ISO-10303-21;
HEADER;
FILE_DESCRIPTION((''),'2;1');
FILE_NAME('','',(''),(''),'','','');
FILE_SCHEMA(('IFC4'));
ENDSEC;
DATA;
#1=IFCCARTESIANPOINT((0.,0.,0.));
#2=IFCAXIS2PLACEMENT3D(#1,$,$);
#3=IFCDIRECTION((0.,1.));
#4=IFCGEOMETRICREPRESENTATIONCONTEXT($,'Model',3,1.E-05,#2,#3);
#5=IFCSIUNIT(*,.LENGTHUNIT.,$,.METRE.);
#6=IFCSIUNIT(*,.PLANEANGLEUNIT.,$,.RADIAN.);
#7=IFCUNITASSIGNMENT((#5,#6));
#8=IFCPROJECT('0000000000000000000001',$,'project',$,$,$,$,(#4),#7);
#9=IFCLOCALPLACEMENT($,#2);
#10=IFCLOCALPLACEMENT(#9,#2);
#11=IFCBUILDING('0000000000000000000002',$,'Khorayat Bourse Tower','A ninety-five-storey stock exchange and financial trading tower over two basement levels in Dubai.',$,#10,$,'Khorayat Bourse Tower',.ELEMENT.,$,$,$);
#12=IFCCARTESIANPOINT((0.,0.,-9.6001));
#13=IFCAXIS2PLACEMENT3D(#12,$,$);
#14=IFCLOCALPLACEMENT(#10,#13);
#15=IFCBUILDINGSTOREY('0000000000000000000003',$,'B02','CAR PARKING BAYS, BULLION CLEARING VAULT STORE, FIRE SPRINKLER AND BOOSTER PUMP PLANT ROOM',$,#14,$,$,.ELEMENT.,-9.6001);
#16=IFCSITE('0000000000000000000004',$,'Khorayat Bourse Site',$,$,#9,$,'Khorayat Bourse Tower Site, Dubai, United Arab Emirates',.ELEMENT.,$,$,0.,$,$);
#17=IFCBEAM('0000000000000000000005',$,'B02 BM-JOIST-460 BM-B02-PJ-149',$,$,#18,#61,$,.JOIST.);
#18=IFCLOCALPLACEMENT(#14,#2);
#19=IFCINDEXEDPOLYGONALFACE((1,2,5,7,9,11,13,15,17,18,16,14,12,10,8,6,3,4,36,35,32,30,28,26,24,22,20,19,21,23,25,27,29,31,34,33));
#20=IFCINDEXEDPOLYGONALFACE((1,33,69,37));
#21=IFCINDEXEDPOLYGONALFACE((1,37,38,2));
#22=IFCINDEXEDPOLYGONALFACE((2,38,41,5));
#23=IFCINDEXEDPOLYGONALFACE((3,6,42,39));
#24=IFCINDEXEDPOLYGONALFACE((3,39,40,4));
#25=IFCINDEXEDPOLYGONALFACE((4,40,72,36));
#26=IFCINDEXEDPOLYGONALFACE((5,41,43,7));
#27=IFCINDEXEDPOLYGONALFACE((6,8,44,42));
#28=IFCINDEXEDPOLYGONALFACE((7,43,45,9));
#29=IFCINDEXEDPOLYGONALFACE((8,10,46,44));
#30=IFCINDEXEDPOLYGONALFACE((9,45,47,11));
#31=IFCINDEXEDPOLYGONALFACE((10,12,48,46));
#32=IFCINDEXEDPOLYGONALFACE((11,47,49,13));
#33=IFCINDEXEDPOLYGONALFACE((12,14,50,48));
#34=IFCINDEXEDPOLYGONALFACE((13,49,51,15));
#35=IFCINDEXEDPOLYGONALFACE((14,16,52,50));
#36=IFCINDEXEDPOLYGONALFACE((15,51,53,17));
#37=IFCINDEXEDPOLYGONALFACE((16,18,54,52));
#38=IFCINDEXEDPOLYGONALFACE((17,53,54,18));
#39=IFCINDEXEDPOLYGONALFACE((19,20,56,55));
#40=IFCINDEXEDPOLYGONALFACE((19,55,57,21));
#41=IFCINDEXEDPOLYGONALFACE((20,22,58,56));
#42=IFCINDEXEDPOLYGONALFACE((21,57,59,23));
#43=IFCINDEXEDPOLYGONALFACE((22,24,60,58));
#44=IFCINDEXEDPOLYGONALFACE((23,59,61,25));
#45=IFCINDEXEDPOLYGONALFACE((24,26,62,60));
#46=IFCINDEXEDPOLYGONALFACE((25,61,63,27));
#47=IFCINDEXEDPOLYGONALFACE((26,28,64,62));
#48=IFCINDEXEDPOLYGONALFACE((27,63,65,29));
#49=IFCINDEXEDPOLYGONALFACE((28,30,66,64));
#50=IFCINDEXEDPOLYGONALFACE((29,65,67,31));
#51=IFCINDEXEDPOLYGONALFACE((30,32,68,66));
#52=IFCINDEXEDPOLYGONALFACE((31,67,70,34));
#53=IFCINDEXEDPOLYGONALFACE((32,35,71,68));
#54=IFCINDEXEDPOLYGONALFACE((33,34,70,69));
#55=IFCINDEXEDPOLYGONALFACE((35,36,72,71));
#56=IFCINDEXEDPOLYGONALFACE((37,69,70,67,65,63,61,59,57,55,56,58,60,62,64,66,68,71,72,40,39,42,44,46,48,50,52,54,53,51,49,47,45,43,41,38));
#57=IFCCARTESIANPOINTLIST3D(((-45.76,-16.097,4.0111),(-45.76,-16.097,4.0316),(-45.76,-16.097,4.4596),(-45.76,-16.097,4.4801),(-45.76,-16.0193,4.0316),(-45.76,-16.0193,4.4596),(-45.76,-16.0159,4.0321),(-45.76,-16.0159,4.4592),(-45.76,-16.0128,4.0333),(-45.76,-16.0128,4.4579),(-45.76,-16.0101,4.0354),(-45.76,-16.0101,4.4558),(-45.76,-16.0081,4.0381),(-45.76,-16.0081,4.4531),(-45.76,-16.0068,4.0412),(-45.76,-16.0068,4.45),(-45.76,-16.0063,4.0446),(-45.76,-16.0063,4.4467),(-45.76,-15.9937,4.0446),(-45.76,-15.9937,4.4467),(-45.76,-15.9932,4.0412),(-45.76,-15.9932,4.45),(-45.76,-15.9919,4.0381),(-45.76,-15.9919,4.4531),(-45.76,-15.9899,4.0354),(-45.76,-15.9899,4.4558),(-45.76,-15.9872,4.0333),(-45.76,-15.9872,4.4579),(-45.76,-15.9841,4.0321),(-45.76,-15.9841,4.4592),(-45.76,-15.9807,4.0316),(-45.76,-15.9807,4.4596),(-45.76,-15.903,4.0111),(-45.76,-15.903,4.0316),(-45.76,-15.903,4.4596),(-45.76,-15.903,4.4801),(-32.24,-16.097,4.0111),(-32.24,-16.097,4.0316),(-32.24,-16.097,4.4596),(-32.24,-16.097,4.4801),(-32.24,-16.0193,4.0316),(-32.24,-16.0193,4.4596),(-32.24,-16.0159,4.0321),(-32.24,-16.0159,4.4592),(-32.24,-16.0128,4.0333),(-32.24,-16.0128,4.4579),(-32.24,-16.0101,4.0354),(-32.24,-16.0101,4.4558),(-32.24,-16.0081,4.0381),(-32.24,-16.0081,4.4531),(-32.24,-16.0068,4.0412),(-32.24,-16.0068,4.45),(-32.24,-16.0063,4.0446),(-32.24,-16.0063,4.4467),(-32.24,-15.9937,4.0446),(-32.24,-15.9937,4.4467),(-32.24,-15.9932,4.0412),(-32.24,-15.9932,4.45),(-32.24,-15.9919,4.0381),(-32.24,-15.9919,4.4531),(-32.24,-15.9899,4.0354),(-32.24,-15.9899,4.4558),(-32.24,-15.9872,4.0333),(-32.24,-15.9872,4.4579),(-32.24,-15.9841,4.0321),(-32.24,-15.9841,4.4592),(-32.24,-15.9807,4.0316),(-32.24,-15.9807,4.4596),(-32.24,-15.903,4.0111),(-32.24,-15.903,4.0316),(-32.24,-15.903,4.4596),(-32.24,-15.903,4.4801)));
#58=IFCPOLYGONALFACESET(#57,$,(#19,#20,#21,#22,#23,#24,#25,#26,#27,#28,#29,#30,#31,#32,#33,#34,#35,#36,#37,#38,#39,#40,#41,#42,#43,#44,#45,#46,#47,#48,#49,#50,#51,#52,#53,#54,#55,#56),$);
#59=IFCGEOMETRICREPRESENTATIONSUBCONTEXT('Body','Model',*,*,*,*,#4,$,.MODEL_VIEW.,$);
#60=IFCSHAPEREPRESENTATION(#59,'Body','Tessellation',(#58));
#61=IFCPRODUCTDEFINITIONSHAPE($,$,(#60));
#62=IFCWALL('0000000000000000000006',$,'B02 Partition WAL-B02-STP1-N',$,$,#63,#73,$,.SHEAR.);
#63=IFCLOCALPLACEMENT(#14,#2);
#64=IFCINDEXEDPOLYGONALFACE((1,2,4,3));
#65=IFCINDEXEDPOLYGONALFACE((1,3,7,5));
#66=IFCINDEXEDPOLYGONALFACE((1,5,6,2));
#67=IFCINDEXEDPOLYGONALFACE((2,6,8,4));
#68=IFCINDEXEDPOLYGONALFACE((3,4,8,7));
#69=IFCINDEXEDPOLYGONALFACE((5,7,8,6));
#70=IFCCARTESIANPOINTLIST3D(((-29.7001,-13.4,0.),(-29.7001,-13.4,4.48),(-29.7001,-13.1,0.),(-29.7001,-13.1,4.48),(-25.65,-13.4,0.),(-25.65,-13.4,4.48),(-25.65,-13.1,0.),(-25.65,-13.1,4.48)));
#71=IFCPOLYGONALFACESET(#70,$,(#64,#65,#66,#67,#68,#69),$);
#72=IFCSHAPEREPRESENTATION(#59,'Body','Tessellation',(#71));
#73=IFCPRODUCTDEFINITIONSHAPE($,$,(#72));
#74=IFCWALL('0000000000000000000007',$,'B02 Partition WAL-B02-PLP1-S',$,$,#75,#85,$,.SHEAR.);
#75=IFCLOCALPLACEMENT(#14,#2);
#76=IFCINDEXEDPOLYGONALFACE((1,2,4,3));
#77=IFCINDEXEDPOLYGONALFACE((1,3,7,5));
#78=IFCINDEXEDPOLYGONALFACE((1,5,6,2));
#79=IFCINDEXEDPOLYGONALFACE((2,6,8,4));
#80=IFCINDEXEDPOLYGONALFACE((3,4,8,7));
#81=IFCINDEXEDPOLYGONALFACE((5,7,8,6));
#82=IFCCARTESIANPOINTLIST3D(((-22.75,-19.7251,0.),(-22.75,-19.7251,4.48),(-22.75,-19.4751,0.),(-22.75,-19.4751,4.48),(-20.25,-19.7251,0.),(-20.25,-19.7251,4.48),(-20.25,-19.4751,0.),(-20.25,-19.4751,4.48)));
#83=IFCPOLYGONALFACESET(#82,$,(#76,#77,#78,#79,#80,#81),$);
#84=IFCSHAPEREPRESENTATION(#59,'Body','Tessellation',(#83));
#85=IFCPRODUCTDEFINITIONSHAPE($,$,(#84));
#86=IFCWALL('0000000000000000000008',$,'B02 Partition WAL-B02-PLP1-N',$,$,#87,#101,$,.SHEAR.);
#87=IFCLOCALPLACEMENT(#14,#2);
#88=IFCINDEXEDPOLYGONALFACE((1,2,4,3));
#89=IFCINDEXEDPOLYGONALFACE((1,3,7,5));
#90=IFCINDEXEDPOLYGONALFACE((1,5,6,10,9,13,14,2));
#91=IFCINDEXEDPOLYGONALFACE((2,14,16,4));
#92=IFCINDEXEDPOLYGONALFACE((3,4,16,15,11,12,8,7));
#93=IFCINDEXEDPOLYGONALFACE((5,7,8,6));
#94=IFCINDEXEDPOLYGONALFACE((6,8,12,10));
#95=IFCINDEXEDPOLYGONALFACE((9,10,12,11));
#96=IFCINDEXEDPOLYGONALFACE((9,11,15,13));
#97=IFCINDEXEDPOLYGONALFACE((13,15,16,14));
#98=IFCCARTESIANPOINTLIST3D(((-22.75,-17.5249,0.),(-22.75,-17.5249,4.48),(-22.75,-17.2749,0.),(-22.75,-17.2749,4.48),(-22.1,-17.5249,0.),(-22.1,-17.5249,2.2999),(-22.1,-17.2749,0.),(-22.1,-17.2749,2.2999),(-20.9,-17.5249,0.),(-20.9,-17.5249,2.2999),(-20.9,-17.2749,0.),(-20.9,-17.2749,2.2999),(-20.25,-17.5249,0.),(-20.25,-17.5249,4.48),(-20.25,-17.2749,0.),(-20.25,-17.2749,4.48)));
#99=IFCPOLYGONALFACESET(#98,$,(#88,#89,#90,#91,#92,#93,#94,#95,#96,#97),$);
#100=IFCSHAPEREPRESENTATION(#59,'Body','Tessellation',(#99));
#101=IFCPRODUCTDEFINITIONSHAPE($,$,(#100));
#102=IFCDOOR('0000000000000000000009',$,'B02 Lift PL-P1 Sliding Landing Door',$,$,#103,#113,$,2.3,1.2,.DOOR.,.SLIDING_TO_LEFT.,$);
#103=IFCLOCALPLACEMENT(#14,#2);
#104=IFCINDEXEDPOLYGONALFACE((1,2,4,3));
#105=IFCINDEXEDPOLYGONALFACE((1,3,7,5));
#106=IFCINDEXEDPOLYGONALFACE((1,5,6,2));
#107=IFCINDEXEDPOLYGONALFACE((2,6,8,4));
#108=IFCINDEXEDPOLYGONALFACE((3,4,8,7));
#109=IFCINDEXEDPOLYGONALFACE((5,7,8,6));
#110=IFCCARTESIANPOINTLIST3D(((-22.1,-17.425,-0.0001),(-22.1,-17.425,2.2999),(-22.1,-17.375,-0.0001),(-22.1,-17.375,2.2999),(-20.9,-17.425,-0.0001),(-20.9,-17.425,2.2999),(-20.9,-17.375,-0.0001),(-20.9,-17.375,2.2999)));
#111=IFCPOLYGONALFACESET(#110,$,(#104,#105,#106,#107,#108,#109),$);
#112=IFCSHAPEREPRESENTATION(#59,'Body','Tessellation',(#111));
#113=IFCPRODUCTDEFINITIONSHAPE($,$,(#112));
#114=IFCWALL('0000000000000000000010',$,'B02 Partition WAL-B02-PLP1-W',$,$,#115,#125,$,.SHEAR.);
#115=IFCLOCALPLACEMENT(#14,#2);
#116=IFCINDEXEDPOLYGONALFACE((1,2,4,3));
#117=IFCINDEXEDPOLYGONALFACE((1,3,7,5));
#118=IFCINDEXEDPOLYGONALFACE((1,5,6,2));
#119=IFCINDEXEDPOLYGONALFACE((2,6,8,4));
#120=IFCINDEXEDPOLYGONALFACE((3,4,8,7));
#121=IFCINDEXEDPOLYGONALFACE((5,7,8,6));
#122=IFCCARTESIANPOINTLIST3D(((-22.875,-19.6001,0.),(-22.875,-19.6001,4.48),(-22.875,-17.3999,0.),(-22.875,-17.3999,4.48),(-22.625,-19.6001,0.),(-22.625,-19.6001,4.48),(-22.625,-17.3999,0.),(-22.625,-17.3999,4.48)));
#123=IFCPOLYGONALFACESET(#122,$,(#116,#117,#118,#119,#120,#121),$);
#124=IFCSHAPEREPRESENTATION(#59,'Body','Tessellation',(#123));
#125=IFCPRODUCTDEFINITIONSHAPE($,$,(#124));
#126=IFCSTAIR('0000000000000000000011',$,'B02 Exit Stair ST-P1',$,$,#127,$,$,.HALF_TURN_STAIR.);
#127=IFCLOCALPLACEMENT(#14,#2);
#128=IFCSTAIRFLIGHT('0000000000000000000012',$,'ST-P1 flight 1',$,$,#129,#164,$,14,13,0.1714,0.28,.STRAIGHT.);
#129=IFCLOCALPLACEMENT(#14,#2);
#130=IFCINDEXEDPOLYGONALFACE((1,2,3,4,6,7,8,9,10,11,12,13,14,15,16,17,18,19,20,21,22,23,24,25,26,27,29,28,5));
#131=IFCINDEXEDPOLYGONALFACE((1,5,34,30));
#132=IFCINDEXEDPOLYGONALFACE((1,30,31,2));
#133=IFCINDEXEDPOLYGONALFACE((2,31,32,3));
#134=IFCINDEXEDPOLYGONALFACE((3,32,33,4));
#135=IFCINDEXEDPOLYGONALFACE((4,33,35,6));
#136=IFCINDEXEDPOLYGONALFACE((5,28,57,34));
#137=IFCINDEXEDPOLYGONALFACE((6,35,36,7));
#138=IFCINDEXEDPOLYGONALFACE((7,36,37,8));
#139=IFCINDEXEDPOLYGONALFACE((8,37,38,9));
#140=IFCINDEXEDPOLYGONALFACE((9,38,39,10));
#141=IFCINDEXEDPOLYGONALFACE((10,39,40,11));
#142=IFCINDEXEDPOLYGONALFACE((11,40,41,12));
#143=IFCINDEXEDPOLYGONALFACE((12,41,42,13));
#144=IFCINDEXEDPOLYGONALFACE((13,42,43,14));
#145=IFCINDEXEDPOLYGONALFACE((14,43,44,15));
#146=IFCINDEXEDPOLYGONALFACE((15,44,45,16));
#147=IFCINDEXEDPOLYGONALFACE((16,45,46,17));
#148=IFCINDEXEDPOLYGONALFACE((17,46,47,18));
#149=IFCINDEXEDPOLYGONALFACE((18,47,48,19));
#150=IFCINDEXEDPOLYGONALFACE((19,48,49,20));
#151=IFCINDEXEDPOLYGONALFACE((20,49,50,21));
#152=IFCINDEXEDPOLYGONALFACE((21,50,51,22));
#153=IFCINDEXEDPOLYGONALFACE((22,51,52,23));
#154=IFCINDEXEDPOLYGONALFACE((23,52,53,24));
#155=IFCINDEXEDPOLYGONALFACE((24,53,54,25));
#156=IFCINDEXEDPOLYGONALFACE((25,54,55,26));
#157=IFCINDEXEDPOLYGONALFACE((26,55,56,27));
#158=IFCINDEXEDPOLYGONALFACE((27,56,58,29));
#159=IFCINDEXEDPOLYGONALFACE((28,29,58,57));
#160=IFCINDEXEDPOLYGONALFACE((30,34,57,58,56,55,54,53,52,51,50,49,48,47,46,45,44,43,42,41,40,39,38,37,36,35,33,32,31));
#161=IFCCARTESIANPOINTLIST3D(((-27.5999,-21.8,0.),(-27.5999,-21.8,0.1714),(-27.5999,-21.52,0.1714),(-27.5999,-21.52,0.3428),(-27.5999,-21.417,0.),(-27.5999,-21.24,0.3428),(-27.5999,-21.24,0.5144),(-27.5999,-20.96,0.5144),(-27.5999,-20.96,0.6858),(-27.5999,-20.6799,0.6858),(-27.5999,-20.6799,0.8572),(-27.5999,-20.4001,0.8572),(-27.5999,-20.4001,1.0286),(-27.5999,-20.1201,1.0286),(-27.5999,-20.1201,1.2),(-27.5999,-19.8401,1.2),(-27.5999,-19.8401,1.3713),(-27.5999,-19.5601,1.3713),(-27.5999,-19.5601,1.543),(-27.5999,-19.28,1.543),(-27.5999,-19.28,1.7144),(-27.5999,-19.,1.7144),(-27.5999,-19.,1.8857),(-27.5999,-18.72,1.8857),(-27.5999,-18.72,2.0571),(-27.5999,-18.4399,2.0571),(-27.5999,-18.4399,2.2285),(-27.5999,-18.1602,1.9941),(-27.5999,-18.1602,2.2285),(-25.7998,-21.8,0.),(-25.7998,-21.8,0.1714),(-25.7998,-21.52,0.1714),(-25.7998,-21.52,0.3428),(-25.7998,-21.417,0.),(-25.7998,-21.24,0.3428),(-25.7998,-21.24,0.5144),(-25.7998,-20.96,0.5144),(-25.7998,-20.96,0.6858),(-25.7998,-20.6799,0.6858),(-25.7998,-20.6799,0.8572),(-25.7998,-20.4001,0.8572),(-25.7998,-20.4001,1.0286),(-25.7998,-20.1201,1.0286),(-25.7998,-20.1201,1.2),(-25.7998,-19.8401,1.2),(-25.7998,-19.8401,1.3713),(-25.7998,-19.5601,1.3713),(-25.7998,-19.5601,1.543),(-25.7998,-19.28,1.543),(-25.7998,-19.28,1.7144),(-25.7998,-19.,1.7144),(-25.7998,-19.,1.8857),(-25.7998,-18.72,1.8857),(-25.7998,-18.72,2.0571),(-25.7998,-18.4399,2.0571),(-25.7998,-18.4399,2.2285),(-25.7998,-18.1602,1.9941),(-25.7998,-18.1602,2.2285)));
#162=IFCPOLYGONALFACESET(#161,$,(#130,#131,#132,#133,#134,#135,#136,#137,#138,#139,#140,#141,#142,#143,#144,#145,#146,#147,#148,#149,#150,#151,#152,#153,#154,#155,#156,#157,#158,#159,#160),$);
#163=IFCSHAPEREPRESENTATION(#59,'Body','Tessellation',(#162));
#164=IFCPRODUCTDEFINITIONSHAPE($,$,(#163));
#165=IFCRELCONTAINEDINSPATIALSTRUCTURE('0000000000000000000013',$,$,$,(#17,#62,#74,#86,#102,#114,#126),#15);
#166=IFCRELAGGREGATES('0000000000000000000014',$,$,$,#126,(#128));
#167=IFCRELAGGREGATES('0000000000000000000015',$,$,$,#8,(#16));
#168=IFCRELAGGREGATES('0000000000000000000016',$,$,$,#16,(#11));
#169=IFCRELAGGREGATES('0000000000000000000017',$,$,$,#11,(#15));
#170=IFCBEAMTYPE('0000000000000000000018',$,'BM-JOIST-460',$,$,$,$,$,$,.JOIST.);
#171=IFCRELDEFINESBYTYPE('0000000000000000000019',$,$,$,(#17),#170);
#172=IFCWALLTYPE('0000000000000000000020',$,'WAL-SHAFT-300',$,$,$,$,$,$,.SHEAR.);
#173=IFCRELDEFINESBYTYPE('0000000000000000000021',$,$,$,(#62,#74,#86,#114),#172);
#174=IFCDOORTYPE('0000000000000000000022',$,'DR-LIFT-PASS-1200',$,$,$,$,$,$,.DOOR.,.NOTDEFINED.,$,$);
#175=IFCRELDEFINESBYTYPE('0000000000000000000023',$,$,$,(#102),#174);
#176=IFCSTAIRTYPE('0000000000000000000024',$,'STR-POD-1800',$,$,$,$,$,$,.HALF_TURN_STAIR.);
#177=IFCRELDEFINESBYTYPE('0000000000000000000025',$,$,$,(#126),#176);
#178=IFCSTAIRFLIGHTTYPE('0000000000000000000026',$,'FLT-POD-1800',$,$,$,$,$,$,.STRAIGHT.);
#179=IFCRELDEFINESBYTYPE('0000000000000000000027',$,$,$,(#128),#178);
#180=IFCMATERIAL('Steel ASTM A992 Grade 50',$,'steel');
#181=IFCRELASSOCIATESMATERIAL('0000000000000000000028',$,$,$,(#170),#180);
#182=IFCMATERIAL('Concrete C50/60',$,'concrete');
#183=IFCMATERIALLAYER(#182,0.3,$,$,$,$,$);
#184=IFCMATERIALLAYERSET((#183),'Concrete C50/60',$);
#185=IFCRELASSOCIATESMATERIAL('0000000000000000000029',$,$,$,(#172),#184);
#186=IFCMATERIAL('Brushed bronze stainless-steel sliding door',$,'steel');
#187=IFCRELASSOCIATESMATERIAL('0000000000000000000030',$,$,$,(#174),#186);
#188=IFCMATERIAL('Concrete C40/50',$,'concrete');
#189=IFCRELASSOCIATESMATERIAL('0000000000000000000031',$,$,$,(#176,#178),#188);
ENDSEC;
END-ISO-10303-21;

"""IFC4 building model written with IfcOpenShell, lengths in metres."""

from ifc_helpers import new_model, si_unit, direction, frame, frame_2d, origin, origin_2d, place, context, subcontext, project, spatial, polyline, rectangle, i_section, outline, extrude, source, transform, mapped, material, layer, layer_set, material_profile, profile_set, type_object, element, fill, aggregate, save


model = new_model("IFC4")

# Units and contexts
model_context = context("Model", 3, precision=1e-05, world=origin(), true_north=direction((0.0, 1.0)))
body_context = subcontext(model_context, "Body", "Model", "MODEL_VIEW")
ifc_project = project(units=[si_unit("LENGTHUNIT", "METRE"), si_unit("PLANEANGLEUNIT", "RADIAN")], contexts=[model_context])

# Site, building, storey
site_placement = place(None, origin())
site = spatial("IfcSite", under=ifc_project, at=site_placement, Name="Khorayat Bourse Site", LongName="Khorayat Bourse Tower Site, Dubai, United Arab Emirates", CompositionType="ELEMENT", RefElevation=0.0)
building_placement = place(site_placement, origin())
building = spatial("IfcBuilding", under=site, at=building_placement, Name="Khorayat Bourse Tower", Description="A ninety-five-storey stock exchange and financial trading tower over two basement levels in Dubai.", LongName="Khorayat Bourse Tower", CompositionType="ELEMENT")
storey_placement = place(building_placement, frame((0.0, 0.0, -9.6001)))
storey = spatial("IfcBuildingStorey", under=building, at=storey_placement, Name="B02", Description="CAR PARKING BAYS, BULLION CLEARING VAULT STORE, FIRE SPRINKLER AND BOOSTER PUMP PLANT ROOM", CompositionType="ELEMENT", Elevation=-9.6001)

# Shared definitions
ifc_material_1 = material(Name="Concrete C50/60", Category="concrete")

# Beam
ifc_material_2 = material(Name="Steel ASTM A992 Grade 50", Category="steel")
ifc_material_profile_1 = material_profile(ifc_material_2, i_section(OverallWidth=0.1941, OverallDepth=0.469, WebThickness=0.0127, FlangeThickness=0.0205, FilletRadius=0.0129, at=origin_2d()), Name="W460X106")
ifc_profile_set_1 = profile_set([ifc_material_profile_1], Name="Steel ASTM A992 Grade 50")
beam_type_1 = type_object("IfcBeamType", Name="BM-JOIST-460", PredefinedType="JOIST", material=ifc_profile_set_1)
shared_shape_1 = source(origin(), body_context, "Body", "SweptSolid", [
    extrude(i_section(OverallWidth=0.1941, OverallDepth=0.469, WebThickness=0.0127, FlangeThickness=0.0205, FilletRadius=0.0129, at=origin_2d()), origin(), (0.0, 0.0, 1.0), 13.52),
])
for number, where, z_axis, x_axis, name in (
    (1, (-45.76, -16.0, 4.2456), (1.0, 0.0, 0.0), (0.0, 1.0, 0.0), "B02 BM-JOIST-460 BM-B02-PJ-149"),
):
    element("IfcBeam", number, at=place(storey_placement, frame(where, z_axis=z_axis, x_axis=x_axis)), inside=storey, type_object=beam_type_1, Name=name, PredefinedType="JOIST", context=body_context, shape_type="MappedRepresentation", body=[
        mapped(shared_shape_1, transform((0.0, 0.0, 0.0), scale=1.0)),
    ])

# Walls
ifc_layer = layer(ifc_material_1, 0.3)
ifc_layer_set = layer_set([ifc_layer], Name="Concrete C50/60")
wall_type = type_object("IfcWallType", Name="WAL-SHAFT-300", PredefinedType="SHEAR", material=ifc_layer_set)
shared_shape_2 = source(origin(), body_context, "Body", "SweptSolid", [
    extrude(rectangle(XDim=4.05, YDim=0.3, at=frame_2d((2.0249, 0.0))), origin(), (0.0, 0.0, 1.0), 4.48),
])
wall_1_placement = place(storey_placement, frame((-29.7, -13.25, 0.0), z_axis=(0.0, 0.0, 1.0), x_axis=(1.0, 0.0, 0.0)))
element("IfcWall", 2, at=wall_1_placement, inside=storey, type_object=wall_type, Name="B02 Partition WAL-B02-STP1-N", PredefinedType="SHEAR", context=body_context, shape_type="MappedRepresentation", body=[
    mapped(shared_shape_2, transform((0.0, 0.0, 0.0), scale=1.0)),
])
shared_shape_3 = source(origin(), body_context, "Body", "SweptSolid", [
    extrude(rectangle(XDim=2.5, YDim=0.25, at=frame_2d((1.25, 0.0))), origin(), (0.0, 0.0, 1.0), 4.48),
])
wall_2_placement = place(storey_placement, frame((-22.75, -19.6001, 0.0), z_axis=(0.0, 0.0, 1.0), x_axis=(1.0, 0.0, 0.0)))
element("IfcWall", 3, at=wall_2_placement, inside=storey, type_object=wall_type, Name="B02 Partition WAL-B02-PLP1-S", PredefinedType="SHEAR", context=body_context, shape_type="MappedRepresentation", body=[
    mapped(shared_shape_3, transform((0.0, 0.0, 0.0), scale=1.0)),
])

# Wall, opening, door
wall_3_placement = place(storey_placement, frame((-22.75, -17.3999, 0.0), z_axis=(0.0, 0.0, 1.0), x_axis=(1.0, 0.0, 0.0)))
wall_3 = element("IfcWall", 4, at=wall_3_placement, inside=storey, type_object=wall_type, Name="B02 Partition WAL-B02-PLP1-N", PredefinedType="SHEAR", context=body_context, shape_type="MappedRepresentation", body=[
    mapped(shared_shape_3, transform((0.0, 0.0, 0.0), scale=1.0)),
])
shared_shape_4 = source(origin(), body_context, "Body", "SweptSolid", [
    extrude(rectangle(XDim=1.2, YDim=2.3, at=frame_2d((0.6001, 1.1499))), frame((0.0, 0.135, 0.0), z_axis=(0.0, -1.0, 0.0), x_axis=(1.0, 0.0, 0.0)), (0.0, 0.0, 1.0), 0.27),
])
opening_placement = place(wall_3_placement, frame((0.6499, 0.0, 0.0)))
opening = element("IfcOpeningElement", 5, at=opening_placement, cuts=wall_3, PredefinedType="OPENING", context=body_context, shape_type="MappedRepresentation", body=[
    mapped(shared_shape_4, transform((0.0, 0.0, 0.0), scale=1.0)),
])
ifc_material_3 = material(Name="Brushed bronze stainless-steel sliding door", Category="steel")
door_type = type_object("IfcDoorType", Name="DR-LIFT-PASS-1200", OperationType="NOTDEFINED", PredefinedType="DOOR", material=ifc_material_3)
shared_shape_5 = source(origin(), body_context, "Body", "SweptSolid", [
    extrude(rectangle(XDim=1.2, YDim=2.3, at=frame_2d((0.6001, 1.1499))), frame((0.0, 0.0249, 0.0), z_axis=(0.0, -1.0, 0.0), x_axis=(1.0, 0.0, 0.0)), (0.0, 0.0, 1.0), 0.05),
])
door_placement = place(opening_placement, origin())
door = element("IfcDoor", 6, at=door_placement, inside=storey, type_object=door_type, Name="B02 Lift PL-P1 Sliding Landing Door", OperationType="SLIDING_TO_LEFT", OverallHeight=2.3, OverallWidth=1.2, PredefinedType="DOOR", context=body_context, shape_type="MappedRepresentation", body=[
    mapped(shared_shape_5, transform((0.0, 0.0, 0.0), scale=1.0)),
])
fill(opening, door)

# Wall
shared_shape_6 = source(origin(), body_context, "Body", "SweptSolid", [
    extrude(rectangle(XDim=2.2002, YDim=0.25, at=frame_2d((1.1001, 0.0))), origin(), (0.0, 0.0, 1.0), 4.48),
])
wall_4_placement = place(storey_placement, frame((-22.75, -19.6001, 0.0), z_axis=(0.0, 0.0, 1.0), x_axis=(0.0, 1.0, 0.0)))
element("IfcWall", 7, at=wall_4_placement, inside=storey, type_object=wall_type, Name="B02 Partition WAL-B02-PLP1-W", PredefinedType="SHEAR", context=body_context, shape_type="MappedRepresentation", body=[
    mapped(shared_shape_6, transform((0.0, 0.0, 0.0), scale=1.0)),
])

# Stair, stair flight
ifc_material_4 = material(Name="Concrete C40/50", Category="concrete")
stair_type = type_object("IfcStairType", Name="STR-POD-1800", PredefinedType="HALF_TURN_STAIR", material=ifc_material_4)
stair_placement = place(storey_placement, origin())
stair = element("IfcStair", 8, at=stair_placement, inside=storey, type_object=stair_type, Name="B02 Exit Stair ST-P1", PredefinedType="HALF_TURN_STAIR")
stair_flight_type = type_object("IfcStairFlightType", Name="FLT-POD-1800", PredefinedType="STRAIGHT", material=ifc_material_4)
shared_shape_7 = source(origin(), body_context, "Body", "SweptSolid", [
    extrude(outline(polyline([(0.0, 0.0), (0.0, 0.1714), (0.28, 0.1714), (0.28, 0.3428), (0.5601, 0.3428), (0.5601, 0.5144), (0.8401, 0.5144), (0.8401, 0.6858), (1.1201, 0.6858), (1.1201, 0.8572), (1.3999, 0.8572), (1.3999, 1.0286), (1.6799, 1.0286), (1.6799, 1.2), (1.96, 1.2), (1.96, 1.3713), (2.24, 1.3713), (2.24, 1.543), (2.52, 1.543), (2.52, 1.7144), (2.8, 1.7144), (2.8, 1.8857), (3.0801, 1.8857), (3.0801, 2.0571), (3.3601, 2.0571), (3.3601, 2.2285), (3.6399, 2.2285), (3.6399, 2.3999), (3.6399, 1.9941), (0.3831, 0.0), (0.0, 0.0)])), frame((0.0, 0.8999, 0.0), z_axis=(0.0, -1.0, 0.0), x_axis=(1.0, 0.0, 0.0)), (0.0, 0.0, 1.0), 1.8),
])
stair_flight_1_placement = place(storey_placement, frame((-26.7, -21.8, 0.0), z_axis=(0.0, 0.0, 1.0), x_axis=(0.0, 1.0, 0.0)))
stair_flight_1 = element("IfcStairFlight", 9, at=stair_flight_1_placement, type_object=stair_flight_type, Name="ST-P1 flight 1", NumberOfRisers=14, NumberOfTreads=13, PredefinedType="STRAIGHT", RiserHeight=0.1714, TreadLength=0.28, context=body_context, shape_type="MappedRepresentation", body=[
    mapped(shared_shape_7, transform((0.0, 0.0, 0.0), scale=1.0)),
])
aggregate(stair, [stair_flight_1])

save(model, "model.ifc")
